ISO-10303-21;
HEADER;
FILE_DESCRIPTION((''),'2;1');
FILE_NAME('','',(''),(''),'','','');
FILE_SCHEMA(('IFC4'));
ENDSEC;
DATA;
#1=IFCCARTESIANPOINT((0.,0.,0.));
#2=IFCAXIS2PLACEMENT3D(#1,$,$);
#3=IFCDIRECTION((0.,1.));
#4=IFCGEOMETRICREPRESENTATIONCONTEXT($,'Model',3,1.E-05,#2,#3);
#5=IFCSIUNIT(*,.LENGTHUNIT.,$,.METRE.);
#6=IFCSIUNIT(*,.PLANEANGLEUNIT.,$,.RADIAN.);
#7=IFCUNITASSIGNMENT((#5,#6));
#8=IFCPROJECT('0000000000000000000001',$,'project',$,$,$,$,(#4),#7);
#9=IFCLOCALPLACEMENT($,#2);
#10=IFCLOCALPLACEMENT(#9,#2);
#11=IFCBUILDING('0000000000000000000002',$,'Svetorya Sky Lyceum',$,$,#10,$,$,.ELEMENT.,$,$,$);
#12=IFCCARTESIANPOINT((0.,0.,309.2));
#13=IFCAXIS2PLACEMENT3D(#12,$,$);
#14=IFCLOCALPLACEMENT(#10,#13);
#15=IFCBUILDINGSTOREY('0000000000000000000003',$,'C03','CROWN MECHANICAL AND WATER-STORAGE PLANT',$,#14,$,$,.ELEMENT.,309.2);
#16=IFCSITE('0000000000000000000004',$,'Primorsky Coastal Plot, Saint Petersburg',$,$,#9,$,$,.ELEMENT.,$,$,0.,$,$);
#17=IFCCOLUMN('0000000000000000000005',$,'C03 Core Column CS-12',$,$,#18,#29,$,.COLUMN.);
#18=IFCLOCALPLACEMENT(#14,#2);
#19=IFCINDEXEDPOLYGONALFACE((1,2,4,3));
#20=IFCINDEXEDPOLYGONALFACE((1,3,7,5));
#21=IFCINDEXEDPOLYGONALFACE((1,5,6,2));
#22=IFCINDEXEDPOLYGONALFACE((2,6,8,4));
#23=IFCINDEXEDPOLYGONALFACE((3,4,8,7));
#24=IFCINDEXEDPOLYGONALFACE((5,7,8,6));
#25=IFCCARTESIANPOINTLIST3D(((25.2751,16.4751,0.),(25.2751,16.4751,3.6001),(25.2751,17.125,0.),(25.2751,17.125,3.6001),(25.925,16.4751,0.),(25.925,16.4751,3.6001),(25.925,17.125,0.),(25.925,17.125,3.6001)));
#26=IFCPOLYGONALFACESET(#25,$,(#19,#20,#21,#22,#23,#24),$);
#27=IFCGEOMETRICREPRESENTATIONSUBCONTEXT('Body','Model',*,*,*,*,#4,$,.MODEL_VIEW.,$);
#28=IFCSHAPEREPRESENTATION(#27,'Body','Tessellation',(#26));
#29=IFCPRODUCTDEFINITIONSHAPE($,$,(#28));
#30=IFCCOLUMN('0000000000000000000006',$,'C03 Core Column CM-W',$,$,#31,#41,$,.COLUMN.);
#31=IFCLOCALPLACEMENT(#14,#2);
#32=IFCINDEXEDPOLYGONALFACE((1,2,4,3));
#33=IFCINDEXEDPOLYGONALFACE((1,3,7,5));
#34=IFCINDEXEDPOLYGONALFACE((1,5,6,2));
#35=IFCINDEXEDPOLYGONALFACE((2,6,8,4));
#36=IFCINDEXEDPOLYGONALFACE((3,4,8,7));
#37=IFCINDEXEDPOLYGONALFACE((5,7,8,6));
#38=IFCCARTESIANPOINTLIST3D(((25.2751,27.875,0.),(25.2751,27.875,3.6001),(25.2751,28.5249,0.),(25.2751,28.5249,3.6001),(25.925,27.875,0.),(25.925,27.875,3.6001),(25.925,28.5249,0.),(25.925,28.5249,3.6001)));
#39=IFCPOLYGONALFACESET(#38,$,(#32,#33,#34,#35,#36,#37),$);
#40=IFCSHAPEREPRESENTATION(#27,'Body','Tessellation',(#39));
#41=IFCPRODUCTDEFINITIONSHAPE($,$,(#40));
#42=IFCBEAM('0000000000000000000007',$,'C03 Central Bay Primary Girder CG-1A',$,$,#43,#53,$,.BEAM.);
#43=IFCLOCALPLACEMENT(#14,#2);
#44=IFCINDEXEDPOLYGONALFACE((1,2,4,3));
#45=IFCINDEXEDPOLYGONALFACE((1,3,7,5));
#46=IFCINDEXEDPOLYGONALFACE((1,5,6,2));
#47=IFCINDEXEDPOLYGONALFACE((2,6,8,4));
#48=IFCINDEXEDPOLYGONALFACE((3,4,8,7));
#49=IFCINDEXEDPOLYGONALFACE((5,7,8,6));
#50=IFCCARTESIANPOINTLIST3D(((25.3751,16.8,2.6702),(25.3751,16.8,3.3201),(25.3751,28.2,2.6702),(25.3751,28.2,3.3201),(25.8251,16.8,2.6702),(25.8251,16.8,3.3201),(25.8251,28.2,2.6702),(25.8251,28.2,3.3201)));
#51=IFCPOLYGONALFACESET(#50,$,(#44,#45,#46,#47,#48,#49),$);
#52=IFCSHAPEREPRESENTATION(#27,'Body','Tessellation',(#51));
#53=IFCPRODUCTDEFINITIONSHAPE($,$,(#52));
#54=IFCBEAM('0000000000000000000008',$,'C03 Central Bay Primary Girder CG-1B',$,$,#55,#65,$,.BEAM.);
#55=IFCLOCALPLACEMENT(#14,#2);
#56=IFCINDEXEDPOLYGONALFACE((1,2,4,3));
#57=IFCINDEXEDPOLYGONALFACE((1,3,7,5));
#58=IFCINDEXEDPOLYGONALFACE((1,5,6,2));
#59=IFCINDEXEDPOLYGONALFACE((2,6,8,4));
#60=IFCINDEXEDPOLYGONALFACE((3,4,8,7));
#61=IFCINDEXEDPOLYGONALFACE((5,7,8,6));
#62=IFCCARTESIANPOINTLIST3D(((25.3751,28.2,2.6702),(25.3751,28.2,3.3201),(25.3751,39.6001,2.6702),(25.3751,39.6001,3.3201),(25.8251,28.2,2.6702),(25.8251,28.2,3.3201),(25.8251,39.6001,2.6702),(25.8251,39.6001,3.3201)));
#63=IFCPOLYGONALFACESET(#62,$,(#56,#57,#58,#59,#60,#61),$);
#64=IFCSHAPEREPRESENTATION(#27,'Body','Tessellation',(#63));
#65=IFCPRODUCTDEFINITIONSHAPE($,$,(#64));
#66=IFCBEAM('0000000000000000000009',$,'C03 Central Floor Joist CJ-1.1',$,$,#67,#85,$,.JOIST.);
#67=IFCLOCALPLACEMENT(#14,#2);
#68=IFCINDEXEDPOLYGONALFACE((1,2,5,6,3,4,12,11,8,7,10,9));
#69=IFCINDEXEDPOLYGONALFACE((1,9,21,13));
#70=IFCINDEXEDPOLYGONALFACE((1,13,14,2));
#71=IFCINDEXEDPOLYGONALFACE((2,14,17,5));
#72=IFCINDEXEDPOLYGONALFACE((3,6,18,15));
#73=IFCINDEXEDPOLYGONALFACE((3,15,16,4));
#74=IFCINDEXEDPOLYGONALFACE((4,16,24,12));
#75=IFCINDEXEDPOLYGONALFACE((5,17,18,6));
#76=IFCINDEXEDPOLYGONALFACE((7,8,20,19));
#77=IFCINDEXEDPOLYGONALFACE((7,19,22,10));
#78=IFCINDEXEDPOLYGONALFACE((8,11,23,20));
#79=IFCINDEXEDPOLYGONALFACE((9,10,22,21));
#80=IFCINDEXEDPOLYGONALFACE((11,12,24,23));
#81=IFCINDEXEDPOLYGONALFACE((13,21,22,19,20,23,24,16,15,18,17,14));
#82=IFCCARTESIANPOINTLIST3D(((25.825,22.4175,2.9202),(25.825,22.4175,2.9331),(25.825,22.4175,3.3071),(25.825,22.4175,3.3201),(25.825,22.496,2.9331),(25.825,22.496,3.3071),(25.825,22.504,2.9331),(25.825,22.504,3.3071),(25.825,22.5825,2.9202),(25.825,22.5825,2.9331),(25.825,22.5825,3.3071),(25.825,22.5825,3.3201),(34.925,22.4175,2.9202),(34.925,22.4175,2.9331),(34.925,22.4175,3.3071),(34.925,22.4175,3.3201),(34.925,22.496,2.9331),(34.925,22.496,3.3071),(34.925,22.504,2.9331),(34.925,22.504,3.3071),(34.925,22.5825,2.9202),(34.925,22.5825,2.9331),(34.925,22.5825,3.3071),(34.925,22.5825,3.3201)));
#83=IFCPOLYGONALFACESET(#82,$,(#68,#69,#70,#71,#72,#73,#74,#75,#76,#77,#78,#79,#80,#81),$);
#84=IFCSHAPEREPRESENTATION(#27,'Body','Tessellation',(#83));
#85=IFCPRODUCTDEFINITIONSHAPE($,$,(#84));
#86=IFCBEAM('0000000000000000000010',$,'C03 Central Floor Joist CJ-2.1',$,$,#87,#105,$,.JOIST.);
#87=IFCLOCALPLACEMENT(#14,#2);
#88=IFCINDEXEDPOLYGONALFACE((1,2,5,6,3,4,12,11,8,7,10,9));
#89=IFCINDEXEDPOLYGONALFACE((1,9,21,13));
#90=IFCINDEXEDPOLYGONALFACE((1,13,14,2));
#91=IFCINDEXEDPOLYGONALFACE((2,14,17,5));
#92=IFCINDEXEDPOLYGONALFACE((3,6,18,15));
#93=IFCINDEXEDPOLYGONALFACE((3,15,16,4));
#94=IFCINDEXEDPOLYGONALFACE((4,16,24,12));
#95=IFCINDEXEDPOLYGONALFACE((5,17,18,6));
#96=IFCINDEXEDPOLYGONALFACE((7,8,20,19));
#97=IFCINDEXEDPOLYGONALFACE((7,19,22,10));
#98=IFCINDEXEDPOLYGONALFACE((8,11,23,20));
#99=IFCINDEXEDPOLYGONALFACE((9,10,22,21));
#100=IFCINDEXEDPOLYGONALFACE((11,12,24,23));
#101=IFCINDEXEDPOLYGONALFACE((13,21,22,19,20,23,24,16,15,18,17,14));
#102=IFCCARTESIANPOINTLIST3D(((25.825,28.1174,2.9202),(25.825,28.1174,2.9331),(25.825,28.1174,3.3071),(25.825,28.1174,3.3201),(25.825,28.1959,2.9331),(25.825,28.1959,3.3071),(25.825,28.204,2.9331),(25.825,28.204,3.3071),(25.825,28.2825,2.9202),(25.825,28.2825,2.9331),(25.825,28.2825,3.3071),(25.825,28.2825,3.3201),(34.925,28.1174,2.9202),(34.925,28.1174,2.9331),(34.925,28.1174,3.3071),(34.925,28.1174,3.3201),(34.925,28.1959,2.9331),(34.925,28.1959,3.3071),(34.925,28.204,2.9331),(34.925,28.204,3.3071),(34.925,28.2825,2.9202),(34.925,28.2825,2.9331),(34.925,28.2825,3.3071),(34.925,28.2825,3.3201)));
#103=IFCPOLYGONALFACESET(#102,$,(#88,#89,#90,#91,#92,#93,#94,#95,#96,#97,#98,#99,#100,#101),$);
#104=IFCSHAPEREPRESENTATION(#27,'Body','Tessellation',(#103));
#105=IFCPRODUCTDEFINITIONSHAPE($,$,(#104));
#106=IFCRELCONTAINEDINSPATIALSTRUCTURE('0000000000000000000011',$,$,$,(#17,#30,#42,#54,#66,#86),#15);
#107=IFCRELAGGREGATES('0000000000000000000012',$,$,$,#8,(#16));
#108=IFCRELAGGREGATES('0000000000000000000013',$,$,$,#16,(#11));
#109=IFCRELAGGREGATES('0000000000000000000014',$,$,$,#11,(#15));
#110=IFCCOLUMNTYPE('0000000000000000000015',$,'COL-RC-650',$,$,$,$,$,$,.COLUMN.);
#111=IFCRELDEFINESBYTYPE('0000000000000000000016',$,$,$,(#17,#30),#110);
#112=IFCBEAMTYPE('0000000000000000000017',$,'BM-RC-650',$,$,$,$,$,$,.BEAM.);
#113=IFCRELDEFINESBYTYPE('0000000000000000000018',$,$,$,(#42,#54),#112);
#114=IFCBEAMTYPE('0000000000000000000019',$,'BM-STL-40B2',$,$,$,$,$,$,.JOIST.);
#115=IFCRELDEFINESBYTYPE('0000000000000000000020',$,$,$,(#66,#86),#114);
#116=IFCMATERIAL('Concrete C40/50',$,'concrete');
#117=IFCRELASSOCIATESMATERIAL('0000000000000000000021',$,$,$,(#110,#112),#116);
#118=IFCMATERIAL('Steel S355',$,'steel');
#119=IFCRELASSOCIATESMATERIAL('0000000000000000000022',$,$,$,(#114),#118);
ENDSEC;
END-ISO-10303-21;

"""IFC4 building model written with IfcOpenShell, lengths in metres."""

from ifc_helpers import new_model, si_unit, direction, frame, origin, origin_2d, place, context, subcontext, project, spatial, rectangle, i_section, extrude, material, material_profile, profile_set, type_object, element, save


model = new_model("IFC4")

# Units and contexts
model_context = context("Model", 3, precision=1e-05, world=origin(), true_north=direction((0.0, 1.0)))
body_context = subcontext(model_context, "Body", "Model", "MODEL_VIEW")
ifc_project = project(units=[si_unit("LENGTHUNIT", "METRE"), si_unit("PLANEANGLEUNIT", "RADIAN")], contexts=[model_context])

# Site, building, storey
site_placement = place(None, origin())
site = spatial("IfcSite", under=ifc_project, at=site_placement, Name="Primorsky Coastal Plot, Saint Petersburg", CompositionType="ELEMENT", RefElevation=0.0)
building_placement = place(site_placement, origin())
building = spatial("IfcBuilding", under=site, at=building_placement, Name="Svetorya Sky Lyceum", CompositionType="ELEMENT")
storey_placement = place(building_placement, frame((0.0, 0.0, 309.2)))
storey = spatial("IfcBuildingStorey", under=building, at=storey_placement, Name="C03", Description="CROWN MECHANICAL AND WATER-STORAGE PLANT", CompositionType="ELEMENT", Elevation=309.2)

# Columns
ifc_material_1 = material(Name="Concrete C40/50", Category="concrete")
ifc_material_profile_1 = material_profile(ifc_material_1, rectangle(XDim=0.6499, YDim=0.6499, at=origin_2d()), Name="RC COL 650x650")
ifc_profile_set_1 = profile_set([ifc_material_profile_1], Name="Concrete C40/50")
column_type = type_object("IfcColumnType", Name="COL-RC-650", PredefinedType="COLUMN", material=ifc_profile_set_1)
for number, where, z_axis, x_axis, name in (
    (1, (25.6001, 16.8, 0.0), (0.0, 0.0, 1.0), (1.0, 0.0, 0.0), "C03 Core Column CS-12"),
    (2, (25.6001, 28.2, 0.0), (0.0, 0.0, 1.0), (1.0, 0.0, 0.0), "C03 Core Column CM-W"),
):
    element("IfcColumn", number, at=place(storey_placement, frame(where, z_axis=z_axis, x_axis=x_axis)), inside=storey, type_object=column_type, Name=name, PredefinedType="COLUMN", context=body_context, shape_type="SweptSolid", body=[
        extrude(rectangle(XDim=0.6499, YDim=0.6499, at=origin_2d()), origin(), (0.0, 0.0, 1.0), 3.6001),
    ])

# Beams
ifc_material_profile_2 = material_profile(ifc_material_1, rectangle(XDim=0.45, YDim=0.6499, at=origin_2d()), Name="RC BEAM 450x650")
ifc_profile_set_2 = profile_set([ifc_material_profile_2], Name="Concrete C40/50")
beam_type_1 = type_object("IfcBeamType", Name="BM-RC-650", PredefinedType="BEAM", material=ifc_profile_set_2)
beam_1_placement = place(storey_placement, frame((25.6001, 16.8, 2.9951), z_axis=(0.0, 1.0, 0.0), x_axis=(-1.0, 0.0, 0.0)))
element("IfcBeam", 3, at=beam_1_placement, inside=storey, type_object=beam_type_1, Name="C03 Central Bay Primary Girder CG-1A", PredefinedType="BEAM", context=body_context, shape_type="SweptSolid", body=[
    extrude(rectangle(XDim=0.45, YDim=0.6499, at=origin_2d()), origin(), (0.0, 0.0, 1.0), 11.3999),
])
beam_2_placement = place(storey_placement, frame((25.6001, 28.2, 2.9951), z_axis=(0.0, 1.0, 0.0), x_axis=(-1.0, 0.0, 0.0)))
element("IfcBeam", 4, at=beam_2_placement, inside=storey, type_object=beam_type_1, Name="C03 Central Bay Primary Girder CG-1B", PredefinedType="BEAM", context=body_context, shape_type="SweptSolid", body=[
    extrude(rectangle(XDim=0.45, YDim=0.6499, at=origin_2d()), origin(), (0.0, 0.0, 1.0), 11.4001),
])
ifc_material_2 = material(Name="Steel S355", Category="steel")
ifc_material_profile_3 = material_profile(ifc_material_2, i_section(OverallWidth=0.165, OverallDepth=0.3999, WebThickness=0.0081, FlangeThickness=0.0129, at=origin_2d()), Name="GOST 40B2")
ifc_profile_set_3 = profile_set([ifc_material_profile_3], Name="Steel S355")
beam_type_2 = type_object("IfcBeamType", Name="BM-STL-40B2", PredefinedType="JOIST", material=ifc_profile_set_3)
for number, where, z_axis, x_axis, name in (
    (5, (25.825, 22.5, 3.1201), (1.0, 0.0, 0.0), (0.0, 1.0, 0.0), "C03 Central Floor Joist CJ-1.1"),
    (6, (25.825, 28.2, 3.1201), (1.0, 0.0, 0.0), (0.0, 1.0, 0.0), "C03 Central Floor Joist CJ-2.1"),
):
    element("IfcBeam", number, at=place(storey_placement, frame(where, z_axis=z_axis, x_axis=x_axis)), inside=storey, type_object=beam_type_2, Name=name, PredefinedType="JOIST", context=body_context, shape_type="SweptSolid", body=[
        extrude(i_section(OverallWidth=0.165, OverallDepth=0.3999, WebThickness=0.0081, FlangeThickness=0.0129, at=origin_2d()), origin(), (0.0, 0.0, 1.0), 9.1001),
    ])

save(model, "model.ifc")
